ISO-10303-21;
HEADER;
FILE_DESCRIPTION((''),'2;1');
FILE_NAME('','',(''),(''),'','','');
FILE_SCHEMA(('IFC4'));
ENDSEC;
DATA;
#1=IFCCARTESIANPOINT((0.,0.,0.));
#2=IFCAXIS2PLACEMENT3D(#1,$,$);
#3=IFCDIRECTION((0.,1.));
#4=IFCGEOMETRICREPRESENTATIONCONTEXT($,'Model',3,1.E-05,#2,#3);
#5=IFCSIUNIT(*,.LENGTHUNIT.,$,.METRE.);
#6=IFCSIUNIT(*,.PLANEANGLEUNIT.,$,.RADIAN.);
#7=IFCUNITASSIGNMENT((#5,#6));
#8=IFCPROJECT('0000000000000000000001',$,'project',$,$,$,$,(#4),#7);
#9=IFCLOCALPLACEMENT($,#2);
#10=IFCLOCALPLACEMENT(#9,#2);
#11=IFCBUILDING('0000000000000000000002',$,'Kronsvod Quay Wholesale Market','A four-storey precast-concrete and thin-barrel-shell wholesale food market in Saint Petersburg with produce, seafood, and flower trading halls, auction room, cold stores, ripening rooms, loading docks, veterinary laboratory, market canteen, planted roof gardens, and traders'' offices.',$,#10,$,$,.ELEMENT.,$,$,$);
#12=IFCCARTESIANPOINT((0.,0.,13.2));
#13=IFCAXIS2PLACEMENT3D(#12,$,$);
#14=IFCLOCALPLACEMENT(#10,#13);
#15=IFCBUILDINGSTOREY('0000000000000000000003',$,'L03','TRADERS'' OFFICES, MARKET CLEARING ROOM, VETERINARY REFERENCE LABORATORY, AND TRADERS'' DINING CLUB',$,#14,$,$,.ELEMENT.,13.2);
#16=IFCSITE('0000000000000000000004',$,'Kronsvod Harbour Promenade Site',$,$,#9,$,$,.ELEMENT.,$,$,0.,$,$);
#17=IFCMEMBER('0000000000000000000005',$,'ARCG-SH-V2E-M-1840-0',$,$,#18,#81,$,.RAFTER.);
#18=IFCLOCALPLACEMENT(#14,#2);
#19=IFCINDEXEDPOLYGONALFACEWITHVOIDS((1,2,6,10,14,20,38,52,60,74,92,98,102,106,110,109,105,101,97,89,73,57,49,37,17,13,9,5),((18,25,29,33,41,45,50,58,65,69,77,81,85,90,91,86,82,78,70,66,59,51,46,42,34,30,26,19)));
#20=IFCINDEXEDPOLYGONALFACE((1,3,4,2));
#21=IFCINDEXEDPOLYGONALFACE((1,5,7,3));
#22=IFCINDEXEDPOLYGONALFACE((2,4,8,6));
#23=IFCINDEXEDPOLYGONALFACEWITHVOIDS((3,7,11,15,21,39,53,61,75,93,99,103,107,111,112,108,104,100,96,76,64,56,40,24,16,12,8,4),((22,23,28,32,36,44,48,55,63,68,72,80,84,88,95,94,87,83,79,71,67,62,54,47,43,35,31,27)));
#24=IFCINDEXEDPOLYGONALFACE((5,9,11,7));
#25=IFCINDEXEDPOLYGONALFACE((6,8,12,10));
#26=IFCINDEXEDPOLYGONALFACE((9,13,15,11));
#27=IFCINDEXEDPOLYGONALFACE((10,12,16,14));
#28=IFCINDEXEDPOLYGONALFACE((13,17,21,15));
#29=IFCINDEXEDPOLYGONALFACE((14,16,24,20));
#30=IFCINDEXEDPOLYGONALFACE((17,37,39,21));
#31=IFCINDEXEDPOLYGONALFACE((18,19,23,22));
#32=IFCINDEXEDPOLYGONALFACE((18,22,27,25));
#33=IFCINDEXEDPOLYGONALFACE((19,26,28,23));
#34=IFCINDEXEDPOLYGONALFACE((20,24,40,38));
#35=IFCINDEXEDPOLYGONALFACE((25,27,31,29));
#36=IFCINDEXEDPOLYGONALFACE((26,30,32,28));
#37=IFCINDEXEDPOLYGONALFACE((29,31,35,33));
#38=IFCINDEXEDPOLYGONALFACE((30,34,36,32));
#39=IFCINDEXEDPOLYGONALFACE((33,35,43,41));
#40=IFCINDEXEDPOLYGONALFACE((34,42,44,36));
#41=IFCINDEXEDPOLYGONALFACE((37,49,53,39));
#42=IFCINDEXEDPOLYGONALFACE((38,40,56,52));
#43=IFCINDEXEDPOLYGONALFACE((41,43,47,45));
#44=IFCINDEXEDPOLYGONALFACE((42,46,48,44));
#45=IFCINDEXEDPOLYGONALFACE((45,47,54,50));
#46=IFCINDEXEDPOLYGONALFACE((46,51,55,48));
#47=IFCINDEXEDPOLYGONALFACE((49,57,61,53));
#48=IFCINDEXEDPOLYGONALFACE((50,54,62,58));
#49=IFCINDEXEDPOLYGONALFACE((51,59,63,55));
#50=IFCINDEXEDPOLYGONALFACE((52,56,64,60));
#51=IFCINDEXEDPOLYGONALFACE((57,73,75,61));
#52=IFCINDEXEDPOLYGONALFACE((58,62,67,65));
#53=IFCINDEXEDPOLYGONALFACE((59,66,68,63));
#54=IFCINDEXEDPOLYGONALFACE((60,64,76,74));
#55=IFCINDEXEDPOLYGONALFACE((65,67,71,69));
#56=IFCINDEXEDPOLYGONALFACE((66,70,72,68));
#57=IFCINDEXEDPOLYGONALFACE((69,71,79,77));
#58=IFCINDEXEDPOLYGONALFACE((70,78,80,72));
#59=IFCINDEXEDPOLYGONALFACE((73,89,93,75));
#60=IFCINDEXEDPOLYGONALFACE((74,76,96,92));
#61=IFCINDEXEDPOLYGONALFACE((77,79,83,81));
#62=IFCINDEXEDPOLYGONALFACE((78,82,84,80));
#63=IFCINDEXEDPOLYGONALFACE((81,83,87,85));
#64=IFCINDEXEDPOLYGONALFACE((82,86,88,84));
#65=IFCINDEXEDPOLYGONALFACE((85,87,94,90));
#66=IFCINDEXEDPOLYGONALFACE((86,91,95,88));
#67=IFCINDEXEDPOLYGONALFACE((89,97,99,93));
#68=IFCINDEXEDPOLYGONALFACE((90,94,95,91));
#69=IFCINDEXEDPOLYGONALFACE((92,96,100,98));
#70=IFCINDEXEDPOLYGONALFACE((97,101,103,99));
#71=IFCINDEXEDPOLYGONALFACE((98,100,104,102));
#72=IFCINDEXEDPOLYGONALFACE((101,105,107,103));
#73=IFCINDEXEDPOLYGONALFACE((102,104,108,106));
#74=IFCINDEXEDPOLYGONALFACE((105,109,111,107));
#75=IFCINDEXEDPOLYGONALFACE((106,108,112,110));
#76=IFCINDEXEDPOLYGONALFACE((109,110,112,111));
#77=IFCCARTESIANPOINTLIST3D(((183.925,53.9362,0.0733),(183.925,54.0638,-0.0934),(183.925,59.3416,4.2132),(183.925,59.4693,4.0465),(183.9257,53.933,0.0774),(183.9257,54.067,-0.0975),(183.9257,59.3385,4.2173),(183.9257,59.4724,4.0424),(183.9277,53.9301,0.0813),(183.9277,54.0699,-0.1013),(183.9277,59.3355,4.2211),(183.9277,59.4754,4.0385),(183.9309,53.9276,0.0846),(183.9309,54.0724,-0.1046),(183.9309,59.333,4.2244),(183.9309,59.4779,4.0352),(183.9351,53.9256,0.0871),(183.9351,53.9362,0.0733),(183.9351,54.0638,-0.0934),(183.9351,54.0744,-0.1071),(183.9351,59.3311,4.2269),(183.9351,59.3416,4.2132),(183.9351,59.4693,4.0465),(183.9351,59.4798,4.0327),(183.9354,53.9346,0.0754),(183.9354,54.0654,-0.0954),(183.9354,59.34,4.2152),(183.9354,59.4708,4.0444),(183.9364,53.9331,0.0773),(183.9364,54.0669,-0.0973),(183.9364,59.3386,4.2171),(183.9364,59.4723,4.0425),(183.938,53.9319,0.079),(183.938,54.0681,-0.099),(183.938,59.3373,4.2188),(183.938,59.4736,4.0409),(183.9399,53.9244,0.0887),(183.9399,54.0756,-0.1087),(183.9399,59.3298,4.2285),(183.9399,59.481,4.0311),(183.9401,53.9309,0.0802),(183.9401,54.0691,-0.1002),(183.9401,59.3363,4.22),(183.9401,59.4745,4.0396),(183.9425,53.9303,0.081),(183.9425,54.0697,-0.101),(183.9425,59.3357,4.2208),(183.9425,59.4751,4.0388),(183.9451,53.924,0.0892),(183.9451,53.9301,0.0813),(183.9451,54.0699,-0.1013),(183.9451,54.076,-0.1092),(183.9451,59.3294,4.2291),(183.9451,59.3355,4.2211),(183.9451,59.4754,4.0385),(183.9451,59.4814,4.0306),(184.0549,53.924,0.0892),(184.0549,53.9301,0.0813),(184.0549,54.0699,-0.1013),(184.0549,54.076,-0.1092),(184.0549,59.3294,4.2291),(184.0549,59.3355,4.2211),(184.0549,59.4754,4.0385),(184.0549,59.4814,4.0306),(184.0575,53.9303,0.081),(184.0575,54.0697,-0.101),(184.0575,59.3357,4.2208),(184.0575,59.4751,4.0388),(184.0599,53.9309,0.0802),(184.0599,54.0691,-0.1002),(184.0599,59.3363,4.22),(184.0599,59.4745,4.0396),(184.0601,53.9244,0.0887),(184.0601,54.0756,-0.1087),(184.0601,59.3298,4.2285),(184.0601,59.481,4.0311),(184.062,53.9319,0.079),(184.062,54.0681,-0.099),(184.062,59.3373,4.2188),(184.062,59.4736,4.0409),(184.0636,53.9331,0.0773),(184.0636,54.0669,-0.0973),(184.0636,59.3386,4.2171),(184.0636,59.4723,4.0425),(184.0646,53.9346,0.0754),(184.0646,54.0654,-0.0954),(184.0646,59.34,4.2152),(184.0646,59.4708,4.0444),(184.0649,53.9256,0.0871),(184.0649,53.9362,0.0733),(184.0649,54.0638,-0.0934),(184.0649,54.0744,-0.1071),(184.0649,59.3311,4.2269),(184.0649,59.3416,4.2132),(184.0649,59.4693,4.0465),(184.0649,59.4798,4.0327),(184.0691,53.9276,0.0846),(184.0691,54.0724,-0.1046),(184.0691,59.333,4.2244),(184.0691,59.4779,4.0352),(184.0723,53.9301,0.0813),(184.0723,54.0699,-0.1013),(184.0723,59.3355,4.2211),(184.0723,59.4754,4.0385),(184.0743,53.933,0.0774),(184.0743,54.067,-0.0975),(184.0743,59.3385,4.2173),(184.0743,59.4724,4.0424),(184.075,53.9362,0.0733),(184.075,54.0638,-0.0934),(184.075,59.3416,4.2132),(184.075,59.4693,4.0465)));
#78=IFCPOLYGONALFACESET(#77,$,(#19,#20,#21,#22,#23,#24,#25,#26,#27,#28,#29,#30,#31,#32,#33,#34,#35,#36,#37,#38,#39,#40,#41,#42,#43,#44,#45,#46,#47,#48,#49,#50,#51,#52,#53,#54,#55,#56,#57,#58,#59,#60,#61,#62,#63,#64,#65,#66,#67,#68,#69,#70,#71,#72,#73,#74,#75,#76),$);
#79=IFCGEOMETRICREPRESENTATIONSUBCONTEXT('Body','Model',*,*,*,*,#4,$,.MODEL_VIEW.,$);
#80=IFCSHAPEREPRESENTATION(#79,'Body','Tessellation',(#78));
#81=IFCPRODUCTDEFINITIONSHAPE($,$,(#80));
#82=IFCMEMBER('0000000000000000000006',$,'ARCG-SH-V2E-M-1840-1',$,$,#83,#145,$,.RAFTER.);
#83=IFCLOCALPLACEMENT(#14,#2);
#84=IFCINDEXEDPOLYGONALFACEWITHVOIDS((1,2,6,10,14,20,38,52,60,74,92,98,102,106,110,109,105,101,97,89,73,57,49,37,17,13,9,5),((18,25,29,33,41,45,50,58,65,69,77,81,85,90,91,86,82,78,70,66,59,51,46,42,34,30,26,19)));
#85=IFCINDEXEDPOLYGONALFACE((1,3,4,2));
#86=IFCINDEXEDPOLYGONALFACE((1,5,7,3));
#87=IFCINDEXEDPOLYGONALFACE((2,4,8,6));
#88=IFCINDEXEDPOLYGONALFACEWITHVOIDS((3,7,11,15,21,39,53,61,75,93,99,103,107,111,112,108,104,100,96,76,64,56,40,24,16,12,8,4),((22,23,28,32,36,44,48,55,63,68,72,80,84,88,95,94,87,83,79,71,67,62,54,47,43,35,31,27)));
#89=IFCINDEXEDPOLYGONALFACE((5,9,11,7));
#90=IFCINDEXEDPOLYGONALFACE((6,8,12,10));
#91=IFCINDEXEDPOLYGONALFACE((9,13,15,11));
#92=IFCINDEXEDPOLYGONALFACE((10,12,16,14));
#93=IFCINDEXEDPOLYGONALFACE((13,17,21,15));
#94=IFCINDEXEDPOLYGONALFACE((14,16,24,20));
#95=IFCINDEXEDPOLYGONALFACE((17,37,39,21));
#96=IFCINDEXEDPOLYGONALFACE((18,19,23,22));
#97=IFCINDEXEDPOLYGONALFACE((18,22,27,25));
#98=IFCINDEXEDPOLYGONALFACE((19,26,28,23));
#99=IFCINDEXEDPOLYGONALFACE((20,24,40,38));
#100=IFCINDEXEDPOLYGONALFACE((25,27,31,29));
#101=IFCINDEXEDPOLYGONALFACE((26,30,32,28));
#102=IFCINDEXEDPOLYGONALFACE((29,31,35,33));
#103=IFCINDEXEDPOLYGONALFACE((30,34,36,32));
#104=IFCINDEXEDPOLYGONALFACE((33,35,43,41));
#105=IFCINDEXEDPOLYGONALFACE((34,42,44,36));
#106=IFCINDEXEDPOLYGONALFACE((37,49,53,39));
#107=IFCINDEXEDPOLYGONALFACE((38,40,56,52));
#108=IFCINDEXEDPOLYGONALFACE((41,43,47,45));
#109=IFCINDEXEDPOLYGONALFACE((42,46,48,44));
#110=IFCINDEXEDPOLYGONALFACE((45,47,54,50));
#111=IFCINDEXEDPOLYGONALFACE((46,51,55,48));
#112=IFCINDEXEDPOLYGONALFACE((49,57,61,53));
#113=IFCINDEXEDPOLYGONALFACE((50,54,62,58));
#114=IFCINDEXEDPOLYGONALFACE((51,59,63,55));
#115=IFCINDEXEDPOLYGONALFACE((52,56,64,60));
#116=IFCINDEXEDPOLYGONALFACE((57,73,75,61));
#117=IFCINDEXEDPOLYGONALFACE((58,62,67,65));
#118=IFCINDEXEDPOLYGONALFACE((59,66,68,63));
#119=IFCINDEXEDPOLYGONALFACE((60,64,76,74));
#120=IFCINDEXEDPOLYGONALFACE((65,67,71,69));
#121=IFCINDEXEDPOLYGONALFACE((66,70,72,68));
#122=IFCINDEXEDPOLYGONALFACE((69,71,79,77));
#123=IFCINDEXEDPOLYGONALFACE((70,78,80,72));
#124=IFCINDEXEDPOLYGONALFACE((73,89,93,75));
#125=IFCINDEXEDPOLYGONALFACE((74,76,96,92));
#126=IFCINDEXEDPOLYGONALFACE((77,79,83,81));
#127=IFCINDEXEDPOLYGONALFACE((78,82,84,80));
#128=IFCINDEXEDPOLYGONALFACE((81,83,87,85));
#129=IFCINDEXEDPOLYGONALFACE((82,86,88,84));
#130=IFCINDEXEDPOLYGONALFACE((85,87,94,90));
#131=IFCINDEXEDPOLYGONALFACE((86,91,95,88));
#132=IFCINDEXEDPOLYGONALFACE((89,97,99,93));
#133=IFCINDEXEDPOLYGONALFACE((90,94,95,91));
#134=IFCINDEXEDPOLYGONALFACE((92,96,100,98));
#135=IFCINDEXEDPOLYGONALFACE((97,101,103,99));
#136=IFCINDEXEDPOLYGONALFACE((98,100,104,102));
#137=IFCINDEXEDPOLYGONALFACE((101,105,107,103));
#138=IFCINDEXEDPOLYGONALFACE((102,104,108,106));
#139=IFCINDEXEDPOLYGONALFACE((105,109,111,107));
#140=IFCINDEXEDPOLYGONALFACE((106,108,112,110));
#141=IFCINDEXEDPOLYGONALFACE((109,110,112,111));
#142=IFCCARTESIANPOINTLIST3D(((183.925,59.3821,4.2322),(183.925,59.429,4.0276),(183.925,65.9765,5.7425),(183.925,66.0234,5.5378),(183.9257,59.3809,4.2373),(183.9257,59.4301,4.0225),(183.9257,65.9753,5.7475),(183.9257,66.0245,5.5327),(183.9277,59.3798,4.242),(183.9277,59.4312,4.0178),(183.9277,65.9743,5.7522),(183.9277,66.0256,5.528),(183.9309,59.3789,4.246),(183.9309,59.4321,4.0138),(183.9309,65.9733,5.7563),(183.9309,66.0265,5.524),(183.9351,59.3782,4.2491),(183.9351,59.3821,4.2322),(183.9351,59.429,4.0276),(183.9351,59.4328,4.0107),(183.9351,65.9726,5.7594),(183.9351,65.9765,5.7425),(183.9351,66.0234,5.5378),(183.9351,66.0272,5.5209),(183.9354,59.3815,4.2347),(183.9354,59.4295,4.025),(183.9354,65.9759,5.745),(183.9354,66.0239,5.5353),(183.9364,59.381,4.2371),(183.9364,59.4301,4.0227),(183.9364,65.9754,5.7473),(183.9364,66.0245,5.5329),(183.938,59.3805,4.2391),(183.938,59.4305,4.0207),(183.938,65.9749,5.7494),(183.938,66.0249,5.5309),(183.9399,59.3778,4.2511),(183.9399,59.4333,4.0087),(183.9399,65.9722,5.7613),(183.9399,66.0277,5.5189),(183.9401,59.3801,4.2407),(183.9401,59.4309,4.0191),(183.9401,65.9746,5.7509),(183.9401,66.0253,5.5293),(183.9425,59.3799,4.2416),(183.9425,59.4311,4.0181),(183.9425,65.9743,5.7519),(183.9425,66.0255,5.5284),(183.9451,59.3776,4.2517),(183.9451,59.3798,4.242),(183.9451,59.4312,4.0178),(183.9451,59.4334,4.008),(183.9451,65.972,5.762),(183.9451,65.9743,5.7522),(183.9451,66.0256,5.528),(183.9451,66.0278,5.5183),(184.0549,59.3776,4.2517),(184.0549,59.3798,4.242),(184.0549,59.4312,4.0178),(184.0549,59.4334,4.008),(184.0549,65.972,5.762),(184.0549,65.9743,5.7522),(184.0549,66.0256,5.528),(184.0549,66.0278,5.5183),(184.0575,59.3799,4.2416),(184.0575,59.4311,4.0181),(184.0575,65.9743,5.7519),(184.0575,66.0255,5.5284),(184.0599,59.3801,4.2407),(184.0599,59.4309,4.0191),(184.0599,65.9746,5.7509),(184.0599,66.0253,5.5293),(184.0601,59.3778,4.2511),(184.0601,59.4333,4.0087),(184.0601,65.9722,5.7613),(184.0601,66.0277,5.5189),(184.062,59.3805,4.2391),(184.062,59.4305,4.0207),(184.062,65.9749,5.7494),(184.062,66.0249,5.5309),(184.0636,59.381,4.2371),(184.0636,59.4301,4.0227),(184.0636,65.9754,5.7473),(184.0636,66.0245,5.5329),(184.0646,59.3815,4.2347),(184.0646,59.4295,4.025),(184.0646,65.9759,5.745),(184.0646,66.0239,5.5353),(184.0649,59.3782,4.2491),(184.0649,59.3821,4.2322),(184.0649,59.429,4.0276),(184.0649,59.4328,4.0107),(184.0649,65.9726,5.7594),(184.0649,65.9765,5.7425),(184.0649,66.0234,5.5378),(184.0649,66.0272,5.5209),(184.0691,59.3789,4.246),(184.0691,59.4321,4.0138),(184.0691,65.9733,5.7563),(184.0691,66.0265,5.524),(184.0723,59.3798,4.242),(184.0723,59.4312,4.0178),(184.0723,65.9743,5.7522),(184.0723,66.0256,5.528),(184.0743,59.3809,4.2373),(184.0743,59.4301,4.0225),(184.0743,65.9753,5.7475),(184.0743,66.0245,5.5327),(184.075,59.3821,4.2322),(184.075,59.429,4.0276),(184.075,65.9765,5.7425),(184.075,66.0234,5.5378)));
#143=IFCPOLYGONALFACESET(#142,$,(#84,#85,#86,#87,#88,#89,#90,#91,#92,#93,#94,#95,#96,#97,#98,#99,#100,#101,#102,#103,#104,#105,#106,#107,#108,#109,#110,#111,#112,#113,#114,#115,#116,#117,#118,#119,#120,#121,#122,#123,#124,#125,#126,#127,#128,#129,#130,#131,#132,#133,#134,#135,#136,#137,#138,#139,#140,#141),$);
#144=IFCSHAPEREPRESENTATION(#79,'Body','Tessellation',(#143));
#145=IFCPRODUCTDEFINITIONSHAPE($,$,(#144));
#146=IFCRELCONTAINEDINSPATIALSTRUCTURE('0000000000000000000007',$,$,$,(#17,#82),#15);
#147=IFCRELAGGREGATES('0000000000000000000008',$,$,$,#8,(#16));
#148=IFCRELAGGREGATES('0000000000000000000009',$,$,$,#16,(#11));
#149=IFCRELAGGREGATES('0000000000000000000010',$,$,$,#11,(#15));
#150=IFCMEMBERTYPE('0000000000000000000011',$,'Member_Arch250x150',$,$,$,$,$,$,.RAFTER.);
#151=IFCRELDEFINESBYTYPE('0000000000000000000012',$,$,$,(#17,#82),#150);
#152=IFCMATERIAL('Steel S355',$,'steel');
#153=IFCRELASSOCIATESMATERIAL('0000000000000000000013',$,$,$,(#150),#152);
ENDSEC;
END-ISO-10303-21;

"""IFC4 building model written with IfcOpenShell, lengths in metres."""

from ifc_helpers import new_model, si_unit, direction, frame, origin, origin_2d, place, context, subcontext, project, spatial, hollow_rectangle, extrude, material, material_profile, profile_set, type_object, element, save


model = new_model("IFC4")

# Units and contexts
model_context = context("Model", 3, precision=1e-05, world=origin(), true_north=direction((0.0, 1.0)))
body_context = subcontext(model_context, "Body", "Model", "MODEL_VIEW")
ifc_project = project(units=[si_unit("LENGTHUNIT", "METRE"), si_unit("PLANEANGLEUNIT", "RADIAN")], contexts=[model_context])

# Site, building, storey
site_placement = place(None, origin())
site = spatial("IfcSite", under=ifc_project, at=site_placement, Name="Kronsvod Harbour Promenade Site", CompositionType="ELEMENT", RefElevation=0.0)
building_placement = place(site_placement, origin())
building = spatial("IfcBuilding", under=site, at=building_placement, Name="Kronsvod Quay Wholesale Market", Description="A four-storey precast-concrete and thin-barrel-shell wholesale food market in Saint Petersburg with produce, seafood, and flower trading halls, auction room, cold stores, ripening rooms, loading docks, veterinary laboratory, market canteen, planted roof gardens, and traders' offices.", CompositionType="ELEMENT")
storey_placement = place(building_placement, frame((0.0, 0.0, 13.2)))
storey = spatial("IfcBuildingStorey", under=building, at=storey_placement, Name="L03", Description="TRADERS' OFFICES, MARKET CLEARING ROOM, VETERINARY REFERENCE LABORATORY, AND TRADERS' DINING CLUB", CompositionType="ELEMENT", Elevation=13.2)

# Members
ifc_material_1 = material(Name="Steel S355", Category="steel")
ifc_material_profile_1 = material_profile(ifc_material_1, hollow_rectangle(XDim=0.1499, YDim=0.25, WallThickness=0.01, InnerFilletRadius=0.01, OuterFilletRadius=0.02, at=origin_2d()), Name="RHS250x150x10")
ifc_profile_set_1 = profile_set([ifc_material_profile_1], Name="Steel S355")
member_type_1 = type_object("IfcMemberType", Name="Member_Arch250x150", PredefinedType="RAFTER", material=ifc_profile_set_1)
for number, where, z_axis, x_axis, name in (
    (1, (184.0, 54.0, -0.01), (0.0, 0.793914, 0.60803), (-1.0, 0.0, 0.0), "ARCG-SH-V2E-M-1840-0"),
):
    element("IfcMember", number, at=place(storey_placement, frame(where, z_axis=z_axis, x_axis=x_axis)), inside=storey, type_object=member_type_1, Name=name, PredefinedType="RAFTER", context=body_context, shape_type="SweptSolid", body=[
        extrude(hollow_rectangle(XDim=0.1499, YDim=0.25, WallThickness=0.01, InnerFilletRadius=0.01, OuterFilletRadius=0.02, at=origin_2d()), origin(), (0.0, 0.0, 1.0), 6.8086),
    ])
for number, where, z_axis, x_axis, name in (
    (2, (184.0, 59.4055, 4.1299), (0.0, 0.974764, 0.223238), (-1.0, 0.0, 0.0), "ARCG-SH-V2E-M-1840-1"),
):
    element("IfcMember", number, at=place(storey_placement, frame(where, z_axis=z_axis, x_axis=x_axis)), inside=storey, type_object=member_type_1, Name=name, PredefinedType="RAFTER", context=body_context, shape_type="SweptSolid", body=[
        extrude(hollow_rectangle(XDim=0.1499, YDim=0.25, WallThickness=0.01, InnerFilletRadius=0.01, OuterFilletRadius=0.02, at=origin_2d()), origin(), (0.0, 0.0, 1.0), 6.7651),
    ])

save(model, "model.ifc")
